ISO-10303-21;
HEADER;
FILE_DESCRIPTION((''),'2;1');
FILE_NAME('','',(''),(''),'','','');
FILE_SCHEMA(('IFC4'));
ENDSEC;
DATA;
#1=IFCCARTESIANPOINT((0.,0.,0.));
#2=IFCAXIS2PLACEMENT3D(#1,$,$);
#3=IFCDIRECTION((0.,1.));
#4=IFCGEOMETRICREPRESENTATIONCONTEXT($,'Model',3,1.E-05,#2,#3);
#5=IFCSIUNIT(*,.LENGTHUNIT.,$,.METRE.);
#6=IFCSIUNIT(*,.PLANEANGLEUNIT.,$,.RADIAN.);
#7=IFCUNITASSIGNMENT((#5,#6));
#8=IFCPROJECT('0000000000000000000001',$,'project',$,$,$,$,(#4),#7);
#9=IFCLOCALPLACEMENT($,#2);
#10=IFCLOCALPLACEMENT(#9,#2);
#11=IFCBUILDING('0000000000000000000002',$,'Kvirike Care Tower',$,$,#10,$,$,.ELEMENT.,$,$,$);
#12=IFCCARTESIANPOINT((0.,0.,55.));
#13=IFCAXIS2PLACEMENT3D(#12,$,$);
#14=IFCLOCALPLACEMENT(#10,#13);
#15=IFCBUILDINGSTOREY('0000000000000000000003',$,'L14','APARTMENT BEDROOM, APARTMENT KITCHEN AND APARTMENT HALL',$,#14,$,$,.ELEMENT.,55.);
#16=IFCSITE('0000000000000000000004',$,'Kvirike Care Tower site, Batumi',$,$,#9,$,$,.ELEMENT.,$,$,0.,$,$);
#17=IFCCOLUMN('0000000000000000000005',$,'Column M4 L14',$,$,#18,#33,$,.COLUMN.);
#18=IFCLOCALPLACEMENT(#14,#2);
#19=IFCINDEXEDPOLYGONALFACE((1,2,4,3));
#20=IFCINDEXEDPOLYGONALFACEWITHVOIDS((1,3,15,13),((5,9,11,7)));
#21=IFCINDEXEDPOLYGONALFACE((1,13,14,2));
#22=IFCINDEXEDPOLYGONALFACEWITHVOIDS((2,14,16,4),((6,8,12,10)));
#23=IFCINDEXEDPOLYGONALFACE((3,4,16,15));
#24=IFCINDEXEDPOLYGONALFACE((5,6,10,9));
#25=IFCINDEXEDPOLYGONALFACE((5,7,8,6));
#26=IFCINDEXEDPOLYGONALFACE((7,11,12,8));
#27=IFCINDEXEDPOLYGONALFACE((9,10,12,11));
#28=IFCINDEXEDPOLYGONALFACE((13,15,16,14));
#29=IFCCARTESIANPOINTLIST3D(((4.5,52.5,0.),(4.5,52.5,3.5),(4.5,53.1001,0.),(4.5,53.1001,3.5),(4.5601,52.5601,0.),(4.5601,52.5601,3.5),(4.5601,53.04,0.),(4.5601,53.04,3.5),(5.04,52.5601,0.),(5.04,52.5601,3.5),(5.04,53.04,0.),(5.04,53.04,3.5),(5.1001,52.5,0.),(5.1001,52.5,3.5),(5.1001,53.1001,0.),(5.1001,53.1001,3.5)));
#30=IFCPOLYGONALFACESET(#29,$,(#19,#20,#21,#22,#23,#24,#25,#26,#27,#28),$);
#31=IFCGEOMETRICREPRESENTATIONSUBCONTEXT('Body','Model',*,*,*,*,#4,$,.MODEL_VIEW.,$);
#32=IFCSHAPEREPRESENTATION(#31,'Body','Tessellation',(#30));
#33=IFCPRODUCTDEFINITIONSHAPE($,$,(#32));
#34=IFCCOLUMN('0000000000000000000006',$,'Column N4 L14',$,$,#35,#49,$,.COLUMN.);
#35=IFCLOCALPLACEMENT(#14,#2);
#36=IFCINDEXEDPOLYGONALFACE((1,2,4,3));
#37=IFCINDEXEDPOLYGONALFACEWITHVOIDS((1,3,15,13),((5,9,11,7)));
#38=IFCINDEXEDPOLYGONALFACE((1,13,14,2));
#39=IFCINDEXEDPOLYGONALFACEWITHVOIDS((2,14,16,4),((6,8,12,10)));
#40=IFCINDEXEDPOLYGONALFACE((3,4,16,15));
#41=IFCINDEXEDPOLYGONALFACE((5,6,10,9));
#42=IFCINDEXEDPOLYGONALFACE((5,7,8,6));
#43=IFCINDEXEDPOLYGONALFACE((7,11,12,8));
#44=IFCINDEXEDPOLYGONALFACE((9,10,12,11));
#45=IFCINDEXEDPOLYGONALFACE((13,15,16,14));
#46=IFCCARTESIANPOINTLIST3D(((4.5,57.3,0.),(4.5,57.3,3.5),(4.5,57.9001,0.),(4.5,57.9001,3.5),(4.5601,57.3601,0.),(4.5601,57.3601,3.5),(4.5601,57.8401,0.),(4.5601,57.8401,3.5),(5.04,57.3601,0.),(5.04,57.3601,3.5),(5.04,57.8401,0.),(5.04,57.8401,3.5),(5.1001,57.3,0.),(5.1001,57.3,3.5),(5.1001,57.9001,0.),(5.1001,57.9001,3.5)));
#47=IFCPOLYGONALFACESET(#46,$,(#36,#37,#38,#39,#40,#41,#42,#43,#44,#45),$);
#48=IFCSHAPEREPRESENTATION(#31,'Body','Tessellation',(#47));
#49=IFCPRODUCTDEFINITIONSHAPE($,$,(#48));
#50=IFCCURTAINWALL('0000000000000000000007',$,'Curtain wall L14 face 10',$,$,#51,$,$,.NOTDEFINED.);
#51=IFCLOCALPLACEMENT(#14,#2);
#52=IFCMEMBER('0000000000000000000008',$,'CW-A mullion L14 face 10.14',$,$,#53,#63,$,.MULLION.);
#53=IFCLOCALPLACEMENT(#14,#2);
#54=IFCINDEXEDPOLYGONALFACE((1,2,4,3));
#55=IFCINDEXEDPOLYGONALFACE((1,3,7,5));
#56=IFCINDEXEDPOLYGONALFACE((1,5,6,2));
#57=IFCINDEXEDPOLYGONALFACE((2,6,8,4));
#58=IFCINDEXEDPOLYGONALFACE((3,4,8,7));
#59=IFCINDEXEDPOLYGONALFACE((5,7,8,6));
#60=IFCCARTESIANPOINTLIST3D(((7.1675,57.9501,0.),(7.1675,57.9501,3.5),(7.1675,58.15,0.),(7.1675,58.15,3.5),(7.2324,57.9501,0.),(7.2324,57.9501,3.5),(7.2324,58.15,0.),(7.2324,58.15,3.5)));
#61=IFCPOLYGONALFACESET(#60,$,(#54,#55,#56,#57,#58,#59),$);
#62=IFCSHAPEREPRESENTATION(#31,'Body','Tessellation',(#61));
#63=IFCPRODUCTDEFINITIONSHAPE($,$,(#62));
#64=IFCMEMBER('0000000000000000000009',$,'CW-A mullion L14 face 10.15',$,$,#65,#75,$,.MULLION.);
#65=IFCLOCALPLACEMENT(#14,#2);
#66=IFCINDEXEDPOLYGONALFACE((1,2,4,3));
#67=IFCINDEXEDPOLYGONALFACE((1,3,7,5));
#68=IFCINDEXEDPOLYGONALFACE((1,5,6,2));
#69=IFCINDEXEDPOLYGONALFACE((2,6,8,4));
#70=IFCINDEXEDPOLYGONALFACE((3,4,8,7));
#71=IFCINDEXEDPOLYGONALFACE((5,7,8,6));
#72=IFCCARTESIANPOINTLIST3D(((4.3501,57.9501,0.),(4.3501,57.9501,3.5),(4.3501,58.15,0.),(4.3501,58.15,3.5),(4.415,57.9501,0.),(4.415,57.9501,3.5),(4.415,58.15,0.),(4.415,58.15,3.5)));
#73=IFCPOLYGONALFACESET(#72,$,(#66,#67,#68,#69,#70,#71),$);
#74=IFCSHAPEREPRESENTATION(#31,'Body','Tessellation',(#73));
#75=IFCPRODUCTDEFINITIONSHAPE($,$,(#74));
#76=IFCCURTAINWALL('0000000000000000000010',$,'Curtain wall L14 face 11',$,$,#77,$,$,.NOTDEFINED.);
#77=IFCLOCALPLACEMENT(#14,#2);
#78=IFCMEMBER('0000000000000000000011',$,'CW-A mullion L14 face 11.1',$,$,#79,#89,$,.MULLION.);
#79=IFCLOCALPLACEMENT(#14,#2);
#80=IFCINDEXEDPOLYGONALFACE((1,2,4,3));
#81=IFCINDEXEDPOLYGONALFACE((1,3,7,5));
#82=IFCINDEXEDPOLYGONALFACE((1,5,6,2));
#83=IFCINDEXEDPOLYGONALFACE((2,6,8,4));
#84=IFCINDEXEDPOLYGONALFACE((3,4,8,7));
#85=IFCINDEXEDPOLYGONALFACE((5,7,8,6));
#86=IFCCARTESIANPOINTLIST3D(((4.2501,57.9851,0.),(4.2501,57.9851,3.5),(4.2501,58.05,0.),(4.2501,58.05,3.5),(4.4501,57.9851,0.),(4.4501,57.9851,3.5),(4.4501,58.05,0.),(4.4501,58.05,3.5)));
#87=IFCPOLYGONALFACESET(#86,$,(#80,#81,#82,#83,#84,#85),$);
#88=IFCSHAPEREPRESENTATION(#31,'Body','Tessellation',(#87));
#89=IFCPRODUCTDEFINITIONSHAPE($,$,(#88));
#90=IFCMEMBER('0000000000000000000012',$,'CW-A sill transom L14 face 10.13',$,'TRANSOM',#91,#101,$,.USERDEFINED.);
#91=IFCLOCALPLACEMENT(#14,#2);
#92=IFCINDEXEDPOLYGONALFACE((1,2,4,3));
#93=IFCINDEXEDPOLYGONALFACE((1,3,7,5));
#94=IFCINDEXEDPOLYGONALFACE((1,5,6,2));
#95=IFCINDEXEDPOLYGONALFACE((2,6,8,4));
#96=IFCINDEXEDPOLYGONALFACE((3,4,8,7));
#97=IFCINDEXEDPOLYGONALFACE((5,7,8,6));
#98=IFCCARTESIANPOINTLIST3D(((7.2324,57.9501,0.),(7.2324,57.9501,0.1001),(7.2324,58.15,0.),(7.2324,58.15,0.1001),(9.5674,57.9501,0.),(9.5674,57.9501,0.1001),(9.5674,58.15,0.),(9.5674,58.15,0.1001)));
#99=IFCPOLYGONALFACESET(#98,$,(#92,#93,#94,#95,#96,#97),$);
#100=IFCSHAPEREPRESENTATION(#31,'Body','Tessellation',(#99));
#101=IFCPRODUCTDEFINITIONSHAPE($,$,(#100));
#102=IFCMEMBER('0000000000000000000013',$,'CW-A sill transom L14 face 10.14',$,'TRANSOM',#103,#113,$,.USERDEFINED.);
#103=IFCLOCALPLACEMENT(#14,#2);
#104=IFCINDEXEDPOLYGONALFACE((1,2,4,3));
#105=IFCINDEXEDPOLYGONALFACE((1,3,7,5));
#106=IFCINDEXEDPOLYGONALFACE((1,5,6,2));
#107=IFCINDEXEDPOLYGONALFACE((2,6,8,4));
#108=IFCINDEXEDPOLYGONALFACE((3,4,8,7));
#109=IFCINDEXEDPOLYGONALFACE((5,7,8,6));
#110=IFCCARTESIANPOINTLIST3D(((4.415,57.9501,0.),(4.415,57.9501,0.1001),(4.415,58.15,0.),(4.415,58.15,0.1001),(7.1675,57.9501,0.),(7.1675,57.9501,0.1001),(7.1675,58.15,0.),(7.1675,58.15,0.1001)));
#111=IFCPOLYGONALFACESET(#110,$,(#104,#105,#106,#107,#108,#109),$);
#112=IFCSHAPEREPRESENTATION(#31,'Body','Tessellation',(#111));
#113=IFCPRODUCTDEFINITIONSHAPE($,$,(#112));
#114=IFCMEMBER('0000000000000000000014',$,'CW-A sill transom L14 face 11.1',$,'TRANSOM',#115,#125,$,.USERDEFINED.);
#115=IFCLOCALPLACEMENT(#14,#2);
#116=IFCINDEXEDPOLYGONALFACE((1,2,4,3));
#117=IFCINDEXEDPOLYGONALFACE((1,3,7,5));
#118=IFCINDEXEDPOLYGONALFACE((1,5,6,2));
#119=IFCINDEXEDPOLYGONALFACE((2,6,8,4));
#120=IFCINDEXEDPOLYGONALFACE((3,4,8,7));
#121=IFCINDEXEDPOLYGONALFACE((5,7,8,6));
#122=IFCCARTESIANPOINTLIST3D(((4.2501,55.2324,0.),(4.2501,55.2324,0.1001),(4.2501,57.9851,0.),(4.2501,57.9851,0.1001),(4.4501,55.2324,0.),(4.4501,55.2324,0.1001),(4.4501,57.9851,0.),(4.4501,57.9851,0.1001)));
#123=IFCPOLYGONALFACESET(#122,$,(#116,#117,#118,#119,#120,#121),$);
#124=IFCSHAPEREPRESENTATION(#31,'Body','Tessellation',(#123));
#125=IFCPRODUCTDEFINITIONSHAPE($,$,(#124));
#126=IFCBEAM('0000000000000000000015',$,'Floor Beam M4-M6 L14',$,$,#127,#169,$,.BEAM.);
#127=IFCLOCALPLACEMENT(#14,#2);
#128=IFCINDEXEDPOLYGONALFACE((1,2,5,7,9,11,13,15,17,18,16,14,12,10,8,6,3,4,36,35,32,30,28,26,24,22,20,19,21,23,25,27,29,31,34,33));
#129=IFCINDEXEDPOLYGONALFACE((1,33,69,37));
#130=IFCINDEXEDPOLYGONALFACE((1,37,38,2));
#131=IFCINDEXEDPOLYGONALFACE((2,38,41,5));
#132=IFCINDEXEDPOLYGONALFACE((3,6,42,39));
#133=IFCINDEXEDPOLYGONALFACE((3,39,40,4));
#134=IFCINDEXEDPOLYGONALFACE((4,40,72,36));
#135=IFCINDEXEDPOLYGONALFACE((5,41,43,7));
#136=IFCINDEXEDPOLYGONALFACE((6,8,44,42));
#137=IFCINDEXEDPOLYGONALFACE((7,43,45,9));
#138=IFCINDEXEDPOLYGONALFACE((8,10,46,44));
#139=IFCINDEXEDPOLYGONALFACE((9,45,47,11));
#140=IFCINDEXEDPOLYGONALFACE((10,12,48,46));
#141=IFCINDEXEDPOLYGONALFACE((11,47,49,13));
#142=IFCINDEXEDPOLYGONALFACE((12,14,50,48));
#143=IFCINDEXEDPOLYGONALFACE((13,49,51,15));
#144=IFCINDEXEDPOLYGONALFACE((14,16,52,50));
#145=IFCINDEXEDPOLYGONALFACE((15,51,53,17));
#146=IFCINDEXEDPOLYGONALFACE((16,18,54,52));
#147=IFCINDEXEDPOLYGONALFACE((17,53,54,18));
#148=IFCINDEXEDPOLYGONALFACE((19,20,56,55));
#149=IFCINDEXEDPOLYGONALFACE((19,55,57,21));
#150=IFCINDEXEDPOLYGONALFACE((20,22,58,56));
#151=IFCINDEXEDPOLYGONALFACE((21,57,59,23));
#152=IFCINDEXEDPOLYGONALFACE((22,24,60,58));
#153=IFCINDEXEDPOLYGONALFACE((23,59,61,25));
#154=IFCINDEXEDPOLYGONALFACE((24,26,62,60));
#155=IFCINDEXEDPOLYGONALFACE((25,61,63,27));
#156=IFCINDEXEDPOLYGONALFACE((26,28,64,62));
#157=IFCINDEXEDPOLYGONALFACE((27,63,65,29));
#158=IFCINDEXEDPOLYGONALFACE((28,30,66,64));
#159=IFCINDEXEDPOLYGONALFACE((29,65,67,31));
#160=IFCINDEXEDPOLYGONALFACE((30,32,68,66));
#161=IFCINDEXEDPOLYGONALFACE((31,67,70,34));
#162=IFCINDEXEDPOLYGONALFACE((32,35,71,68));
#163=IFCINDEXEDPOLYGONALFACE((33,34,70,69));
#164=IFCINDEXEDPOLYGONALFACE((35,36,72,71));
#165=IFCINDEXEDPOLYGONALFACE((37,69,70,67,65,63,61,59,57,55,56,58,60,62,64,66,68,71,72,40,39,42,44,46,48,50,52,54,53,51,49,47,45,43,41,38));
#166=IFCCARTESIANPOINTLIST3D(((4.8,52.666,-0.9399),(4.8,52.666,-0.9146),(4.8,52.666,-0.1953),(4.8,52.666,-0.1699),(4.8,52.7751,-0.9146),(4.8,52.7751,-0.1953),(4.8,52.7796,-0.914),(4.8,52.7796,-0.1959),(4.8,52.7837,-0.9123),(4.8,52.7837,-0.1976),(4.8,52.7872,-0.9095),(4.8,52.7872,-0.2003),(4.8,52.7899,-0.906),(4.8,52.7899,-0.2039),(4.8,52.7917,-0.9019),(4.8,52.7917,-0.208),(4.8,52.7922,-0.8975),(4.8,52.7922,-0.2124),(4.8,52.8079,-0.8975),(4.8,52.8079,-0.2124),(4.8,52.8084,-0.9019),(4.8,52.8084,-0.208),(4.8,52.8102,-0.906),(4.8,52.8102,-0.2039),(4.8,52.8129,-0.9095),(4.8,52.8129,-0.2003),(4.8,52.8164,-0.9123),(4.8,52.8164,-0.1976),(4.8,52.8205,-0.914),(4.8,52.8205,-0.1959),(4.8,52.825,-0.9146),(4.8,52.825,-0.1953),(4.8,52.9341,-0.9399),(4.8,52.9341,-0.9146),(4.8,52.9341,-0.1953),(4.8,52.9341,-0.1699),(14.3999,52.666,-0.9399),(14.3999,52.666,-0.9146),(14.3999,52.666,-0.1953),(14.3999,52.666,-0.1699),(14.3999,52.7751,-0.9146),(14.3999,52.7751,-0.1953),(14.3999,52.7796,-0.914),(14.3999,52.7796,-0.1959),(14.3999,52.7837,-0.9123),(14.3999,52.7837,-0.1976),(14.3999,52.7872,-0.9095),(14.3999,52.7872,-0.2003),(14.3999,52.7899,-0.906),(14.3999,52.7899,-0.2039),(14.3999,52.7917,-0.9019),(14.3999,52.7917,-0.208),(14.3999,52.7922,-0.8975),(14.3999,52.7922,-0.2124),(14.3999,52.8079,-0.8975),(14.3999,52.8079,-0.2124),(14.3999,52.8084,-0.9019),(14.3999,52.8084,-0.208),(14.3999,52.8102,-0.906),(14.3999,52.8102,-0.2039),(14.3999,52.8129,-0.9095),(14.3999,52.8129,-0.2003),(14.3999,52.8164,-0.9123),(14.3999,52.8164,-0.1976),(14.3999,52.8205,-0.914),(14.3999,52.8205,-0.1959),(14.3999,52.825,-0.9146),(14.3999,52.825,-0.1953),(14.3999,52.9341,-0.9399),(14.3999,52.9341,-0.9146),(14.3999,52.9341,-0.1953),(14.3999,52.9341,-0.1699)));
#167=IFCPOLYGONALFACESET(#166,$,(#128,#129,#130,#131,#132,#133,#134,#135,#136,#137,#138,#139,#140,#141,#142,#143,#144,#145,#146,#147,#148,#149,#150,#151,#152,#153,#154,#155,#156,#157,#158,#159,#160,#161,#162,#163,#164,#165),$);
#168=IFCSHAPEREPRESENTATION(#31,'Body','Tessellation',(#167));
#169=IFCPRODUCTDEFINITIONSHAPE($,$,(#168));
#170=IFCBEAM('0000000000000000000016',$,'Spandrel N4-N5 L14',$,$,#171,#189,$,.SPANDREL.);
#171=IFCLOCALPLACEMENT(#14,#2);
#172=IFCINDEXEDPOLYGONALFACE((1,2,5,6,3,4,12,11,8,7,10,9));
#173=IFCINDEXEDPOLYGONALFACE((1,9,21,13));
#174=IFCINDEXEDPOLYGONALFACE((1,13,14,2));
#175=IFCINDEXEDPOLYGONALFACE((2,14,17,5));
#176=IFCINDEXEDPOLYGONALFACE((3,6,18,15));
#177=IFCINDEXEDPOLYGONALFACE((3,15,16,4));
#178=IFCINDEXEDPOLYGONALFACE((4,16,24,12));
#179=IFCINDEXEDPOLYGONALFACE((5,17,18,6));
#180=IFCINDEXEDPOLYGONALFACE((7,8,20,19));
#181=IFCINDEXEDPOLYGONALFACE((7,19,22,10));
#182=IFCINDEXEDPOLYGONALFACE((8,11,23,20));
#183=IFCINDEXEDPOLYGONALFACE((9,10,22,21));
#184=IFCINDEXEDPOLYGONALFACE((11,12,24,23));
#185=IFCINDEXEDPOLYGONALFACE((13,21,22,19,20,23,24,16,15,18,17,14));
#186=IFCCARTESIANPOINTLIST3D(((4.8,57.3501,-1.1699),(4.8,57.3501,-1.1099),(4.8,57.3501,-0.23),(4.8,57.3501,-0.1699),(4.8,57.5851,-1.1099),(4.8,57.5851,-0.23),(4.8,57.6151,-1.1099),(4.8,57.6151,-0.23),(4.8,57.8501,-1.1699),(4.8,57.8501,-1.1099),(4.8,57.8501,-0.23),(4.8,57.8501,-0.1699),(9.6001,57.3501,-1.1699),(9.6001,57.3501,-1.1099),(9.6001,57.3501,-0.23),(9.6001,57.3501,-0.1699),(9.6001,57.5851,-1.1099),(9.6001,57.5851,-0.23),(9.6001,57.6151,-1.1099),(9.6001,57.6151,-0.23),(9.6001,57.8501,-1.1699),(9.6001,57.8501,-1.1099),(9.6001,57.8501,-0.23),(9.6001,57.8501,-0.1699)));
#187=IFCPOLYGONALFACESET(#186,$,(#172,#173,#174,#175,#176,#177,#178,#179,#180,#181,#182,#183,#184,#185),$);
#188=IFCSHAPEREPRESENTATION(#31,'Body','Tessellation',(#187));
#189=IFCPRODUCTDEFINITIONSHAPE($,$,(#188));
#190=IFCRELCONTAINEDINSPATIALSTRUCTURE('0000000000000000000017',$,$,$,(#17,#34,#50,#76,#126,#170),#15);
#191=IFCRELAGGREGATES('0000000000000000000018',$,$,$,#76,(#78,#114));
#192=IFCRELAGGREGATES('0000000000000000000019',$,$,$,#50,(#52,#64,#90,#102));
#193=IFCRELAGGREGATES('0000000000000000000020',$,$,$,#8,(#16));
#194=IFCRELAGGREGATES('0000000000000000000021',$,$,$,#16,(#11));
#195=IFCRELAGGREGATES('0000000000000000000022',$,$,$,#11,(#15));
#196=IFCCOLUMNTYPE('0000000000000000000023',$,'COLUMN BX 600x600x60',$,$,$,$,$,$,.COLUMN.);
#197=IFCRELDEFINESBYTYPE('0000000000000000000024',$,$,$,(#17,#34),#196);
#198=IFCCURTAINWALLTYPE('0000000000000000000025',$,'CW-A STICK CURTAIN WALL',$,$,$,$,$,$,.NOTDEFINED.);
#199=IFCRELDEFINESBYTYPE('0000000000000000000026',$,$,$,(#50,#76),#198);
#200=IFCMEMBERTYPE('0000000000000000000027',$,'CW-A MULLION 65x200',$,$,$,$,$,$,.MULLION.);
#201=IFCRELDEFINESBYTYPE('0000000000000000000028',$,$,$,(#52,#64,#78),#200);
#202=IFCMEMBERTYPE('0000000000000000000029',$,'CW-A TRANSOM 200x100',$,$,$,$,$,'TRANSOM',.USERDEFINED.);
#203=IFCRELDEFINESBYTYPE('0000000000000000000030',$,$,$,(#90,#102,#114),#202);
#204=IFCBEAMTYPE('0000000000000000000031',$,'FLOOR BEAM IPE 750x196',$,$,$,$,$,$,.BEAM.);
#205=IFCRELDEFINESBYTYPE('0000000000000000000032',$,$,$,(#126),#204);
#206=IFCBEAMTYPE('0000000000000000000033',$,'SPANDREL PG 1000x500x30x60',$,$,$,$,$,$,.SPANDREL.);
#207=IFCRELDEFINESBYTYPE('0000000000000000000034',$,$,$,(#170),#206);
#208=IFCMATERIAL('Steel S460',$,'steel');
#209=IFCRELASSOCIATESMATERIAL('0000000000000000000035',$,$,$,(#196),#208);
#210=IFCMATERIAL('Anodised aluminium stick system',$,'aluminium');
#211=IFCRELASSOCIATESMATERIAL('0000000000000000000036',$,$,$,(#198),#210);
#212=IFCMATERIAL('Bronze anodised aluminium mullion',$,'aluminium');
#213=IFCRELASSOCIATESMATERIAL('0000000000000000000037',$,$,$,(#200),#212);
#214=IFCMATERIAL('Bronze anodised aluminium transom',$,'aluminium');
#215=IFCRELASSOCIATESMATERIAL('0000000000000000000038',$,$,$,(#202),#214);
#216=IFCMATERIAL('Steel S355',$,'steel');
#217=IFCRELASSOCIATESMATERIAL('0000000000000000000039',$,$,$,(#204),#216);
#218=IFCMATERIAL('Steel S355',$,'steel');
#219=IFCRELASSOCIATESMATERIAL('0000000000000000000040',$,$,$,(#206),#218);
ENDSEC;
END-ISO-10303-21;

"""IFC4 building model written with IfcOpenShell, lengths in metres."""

from ifc_helpers import new_model, si_unit, direction, frame, origin, origin_2d, place, context, subcontext, project, spatial, rectangle, hollow_rectangle, i_section, extrude, material, material_profile, profile_set, type_object, element, aggregate, save


model = new_model("IFC4")

# Units and contexts
model_context = context("Model", 3, precision=1e-05, world=origin(), true_north=direction((0.0, 1.0)))
body_context = subcontext(model_context, "Body", "Model", "MODEL_VIEW")
ifc_project = project(units=[si_unit("LENGTHUNIT", "METRE"), si_unit("PLANEANGLEUNIT", "RADIAN")], contexts=[model_context])

# Site, building, storey
site_placement = place(None, origin())
site = spatial("IfcSite", under=ifc_project, at=site_placement, Name="Kvirike Care Tower site, Batumi", CompositionType="ELEMENT", RefElevation=0.0)
building_placement = place(site_placement, origin())
building = spatial("IfcBuilding", under=site, at=building_placement, Name="Kvirike Care Tower", CompositionType="ELEMENT")
storey_placement = place(building_placement, frame((0.0, 0.0, 55.0)))
storey = spatial("IfcBuildingStorey", under=building, at=storey_placement, Name="L14", Description="APARTMENT BEDROOM, APARTMENT KITCHEN AND APARTMENT HALL", CompositionType="ELEMENT", Elevation=55.0)

# Columns
ifc_material_1 = material(Name="Steel S460", Category="steel")
ifc_material_profile_1 = material_profile(ifc_material_1, hollow_rectangle(XDim=0.6001, YDim=0.6001, WallThickness=0.0601, at=origin_2d()), Name="BX 600x600x60")
ifc_profile_set_1 = profile_set([ifc_material_profile_1], Name="Steel S460")
column_type = type_object("IfcColumnType", Name="COLUMN BX 600x600x60", PredefinedType="COLUMN", material=ifc_profile_set_1)
for number, where, z_axis, x_axis, name in (
    (1, (4.8, 52.8, 0.0), (0.0, 0.0, 1.0), (0.0, 1.0, 0.0), "Column M4 L14"),
    (2, (4.8, 57.6001, 0.0), (0.0, 0.0, 1.0), (0.0, 1.0, 0.0), "Column N4 L14"),
):
    element("IfcColumn", number, at=place(storey_placement, frame(where, z_axis=z_axis, x_axis=x_axis)), inside=storey, type_object=column_type, Name=name, PredefinedType="COLUMN", context=body_context, shape_type="SweptSolid", body=[
        extrude(hollow_rectangle(XDim=0.6001, YDim=0.6001, WallThickness=0.0601, at=origin_2d()), origin(), (0.0, 0.0, 1.0), 3.5),
    ])

# Curtain wall, members
ifc_material_2 = material(Name="Anodised aluminium stick system", Category="aluminium")
curtain_wall_type = type_object("IfcCurtainWallType", Name="CW-A STICK CURTAIN WALL", PredefinedType="NOTDEFINED", material=ifc_material_2)
curtain_wall_1_placement = place(storey_placement, origin())
curtain_wall_1 = element("IfcCurtainWall", 3, at=curtain_wall_1_placement, inside=storey, type_object=curtain_wall_type, Name="Curtain wall L14 face 10", PredefinedType="NOTDEFINED")
ifc_material_3 = material(Name="Bronze anodised aluminium mullion", Category="aluminium")
ifc_material_profile_2 = material_profile(ifc_material_3, rectangle(XDim=0.0649, YDim=0.2, at=origin_2d()), Name="CW-A MULLION 65x200")
ifc_profile_set_2 = profile_set([ifc_material_profile_2], Name="Bronze anodised aluminium mullion")
member_type_1 = type_object("IfcMemberType", Name="CW-A MULLION 65x200", PredefinedType="MULLION", material=ifc_profile_set_2)
member_1_placement = place(storey_placement, frame((7.2, 58.05, 0.0), z_axis=(0.0, 0.0, 1.0), x_axis=(-1.0, 0.0, 0.0)))
member_1 = element("IfcMember", 4, at=member_1_placement, type_object=member_type_1, Name="CW-A mullion L14 face 10.14", PredefinedType="MULLION", context=body_context, shape_type="SweptSolid", body=[
    extrude(rectangle(XDim=0.0649, YDim=0.2, at=origin_2d()), origin(), (0.0, 0.0, 1.0), 3.5),
])
member_2_placement = place(storey_placement, frame((4.3826, 58.05, 0.0), z_axis=(0.0, 0.0, 1.0), x_axis=(-1.0, 0.0, 0.0)))
member_2 = element("IfcMember", 5, at=member_2_placement, type_object=member_type_1, Name="CW-A mullion L14 face 10.15", PredefinedType="MULLION", context=body_context, shape_type="SweptSolid", body=[
    extrude(rectangle(XDim=0.0649, YDim=0.2, at=origin_2d()), origin(), (0.0, 0.0, 1.0), 3.5),
])

# Curtain wall, member
curtain_wall_2_placement = place(storey_placement, origin())
curtain_wall_2 = element("IfcCurtainWall", 6, at=curtain_wall_2_placement, inside=storey, type_object=curtain_wall_type, Name="Curtain wall L14 face 11", PredefinedType="NOTDEFINED")
member_3_placement = place(storey_placement, frame((4.3501, 58.0176, 0.0), z_axis=(0.0, 0.0, 1.0), x_axis=(0.0, -1.0, 0.0)))
member_3 = element("IfcMember", 7, at=member_3_placement, type_object=member_type_1, Name="CW-A mullion L14 face 11.1", PredefinedType="MULLION", context=body_context, shape_type="SweptSolid", body=[
    extrude(rectangle(XDim=0.0649, YDim=0.2, at=origin_2d()), origin(), (0.0, 0.0, 1.0), 3.5),
])

# Members
ifc_material_4 = material(Name="Bronze anodised aluminium transom", Category="aluminium")
ifc_material_profile_3 = material_profile(ifc_material_4, rectangle(XDim=0.2, YDim=0.1001, at=origin_2d()), Name="CW-A TRANSOM 200x100")
ifc_profile_set_3 = profile_set([ifc_material_profile_3], Name="Bronze anodised aluminium transom")
member_type_2 = type_object("IfcMemberType", Name="CW-A TRANSOM 200x100", ElementType="TRANSOM", PredefinedType="USERDEFINED", material=ifc_profile_set_3)
member_4_placement = place(storey_placement, frame((9.5674, 58.05, 0.05), z_axis=(-1.0, 0.0, 0.0), x_axis=(0.0, -1.0, 0.0)))
member_4 = element("IfcMember", 8, at=member_4_placement, type_object=member_type_2, Name="CW-A sill transom L14 face 10.13", ObjectType="TRANSOM", PredefinedType="USERDEFINED", context=body_context, shape_type="SweptSolid", body=[
    extrude(rectangle(XDim=0.2, YDim=0.1001, at=origin_2d()), origin(), (0.0, 0.0, 1.0), 2.335),
])
member_5_placement = place(storey_placement, frame((7.1675, 58.05, 0.05), z_axis=(-1.0, 0.0, 0.0), x_axis=(0.0, -1.0, 0.0)))
member_5 = element("IfcMember", 9, at=member_5_placement, type_object=member_type_2, Name="CW-A sill transom L14 face 10.14", ObjectType="TRANSOM", PredefinedType="USERDEFINED", context=body_context, shape_type="SweptSolid", body=[
    extrude(rectangle(XDim=0.2, YDim=0.1001, at=origin_2d()), origin(), (0.0, 0.0, 1.0), 2.7524),
])
member_6_placement = place(storey_placement, frame((4.3501, 57.9851, 0.05), z_axis=(0.0, -1.0, 0.0), x_axis=(1.0, 0.0, 0.0)))
member_6 = element("IfcMember", 10, at=member_6_placement, type_object=member_type_2, Name="CW-A sill transom L14 face 11.1", ObjectType="TRANSOM", PredefinedType="USERDEFINED", context=body_context, shape_type="SweptSolid", body=[
    extrude(rectangle(XDim=0.2, YDim=0.1001, at=origin_2d()), origin(), (0.0, 0.0, 1.0), 2.7527),
])
aggregate(curtain_wall_2, [member_3, member_6])

# Beams
ifc_material_5 = material(Name="Steel S355", Category="steel")
ifc_material_profile_4 = material_profile(ifc_material_5, i_section(OverallWidth=0.2681, OverallDepth=0.77, WebThickness=0.0156, FlangeThickness=0.0254, FilletRadius=0.0171, at=origin_2d()), Name="IPE 750x196")
ifc_profile_set_4 = profile_set([ifc_material_profile_4], Name="Steel S355")
beam_type_1 = type_object("IfcBeamType", Name="FLOOR BEAM IPE 750x196", PredefinedType="BEAM", material=ifc_profile_set_4)
beam_placement = place(storey_placement, frame((4.8, 52.8, -0.5549), z_axis=(1.0, 0.0, 0.0), x_axis=(0.0, 1.0, 0.0)))
element("IfcBeam", 11, at=beam_placement, inside=storey, type_object=beam_type_1, Name="Floor Beam M4-M6 L14", PredefinedType="BEAM", context=body_context, shape_type="SweptSolid", body=[
    extrude(i_section(OverallWidth=0.2681, OverallDepth=0.77, WebThickness=0.0156, FlangeThickness=0.0254, FilletRadius=0.0171, at=origin_2d()), origin(), (0.0, 0.0, 1.0), 9.5999),
])
ifc_material_6 = material(Name="Steel S355", Category="steel")
ifc_material_profile_5 = material_profile(ifc_material_6, i_section(OverallWidth=0.5, OverallDepth=1.0, WebThickness=0.03, FlangeThickness=0.0601, at=origin_2d()), Name="PG 1000x500x30x60")
ifc_profile_set_5 = profile_set([ifc_material_profile_5], Name="Steel S355")
beam_type_2 = type_object("IfcBeamType", Name="SPANDREL PG 1000x500x30x60", PredefinedType="SPANDREL", material=ifc_profile_set_5)
for number, where, z_axis, x_axis, name in (
    (12, (4.8, 57.6001, -0.6699), (1.0, 0.0, 0.0), (0.0, 1.0, 0.0), "Spandrel N4-N5 L14"),
):
    element("IfcBeam", number, at=place(storey_placement, frame(where, z_axis=z_axis, x_axis=x_axis)), inside=storey, type_object=beam_type_2, Name=name, PredefinedType="SPANDREL", context=body_context, shape_type="SweptSolid", body=[
        extrude(i_section(OverallWidth=0.5, OverallDepth=1.0, WebThickness=0.03, FlangeThickness=0.0601, at=origin_2d()), origin(), (0.0, 0.0, 1.0), 4.8),
    ])

aggregate(curtain_wall_1, [member_1, member_2, member_4, member_5])

save(model, "model.ifc")
